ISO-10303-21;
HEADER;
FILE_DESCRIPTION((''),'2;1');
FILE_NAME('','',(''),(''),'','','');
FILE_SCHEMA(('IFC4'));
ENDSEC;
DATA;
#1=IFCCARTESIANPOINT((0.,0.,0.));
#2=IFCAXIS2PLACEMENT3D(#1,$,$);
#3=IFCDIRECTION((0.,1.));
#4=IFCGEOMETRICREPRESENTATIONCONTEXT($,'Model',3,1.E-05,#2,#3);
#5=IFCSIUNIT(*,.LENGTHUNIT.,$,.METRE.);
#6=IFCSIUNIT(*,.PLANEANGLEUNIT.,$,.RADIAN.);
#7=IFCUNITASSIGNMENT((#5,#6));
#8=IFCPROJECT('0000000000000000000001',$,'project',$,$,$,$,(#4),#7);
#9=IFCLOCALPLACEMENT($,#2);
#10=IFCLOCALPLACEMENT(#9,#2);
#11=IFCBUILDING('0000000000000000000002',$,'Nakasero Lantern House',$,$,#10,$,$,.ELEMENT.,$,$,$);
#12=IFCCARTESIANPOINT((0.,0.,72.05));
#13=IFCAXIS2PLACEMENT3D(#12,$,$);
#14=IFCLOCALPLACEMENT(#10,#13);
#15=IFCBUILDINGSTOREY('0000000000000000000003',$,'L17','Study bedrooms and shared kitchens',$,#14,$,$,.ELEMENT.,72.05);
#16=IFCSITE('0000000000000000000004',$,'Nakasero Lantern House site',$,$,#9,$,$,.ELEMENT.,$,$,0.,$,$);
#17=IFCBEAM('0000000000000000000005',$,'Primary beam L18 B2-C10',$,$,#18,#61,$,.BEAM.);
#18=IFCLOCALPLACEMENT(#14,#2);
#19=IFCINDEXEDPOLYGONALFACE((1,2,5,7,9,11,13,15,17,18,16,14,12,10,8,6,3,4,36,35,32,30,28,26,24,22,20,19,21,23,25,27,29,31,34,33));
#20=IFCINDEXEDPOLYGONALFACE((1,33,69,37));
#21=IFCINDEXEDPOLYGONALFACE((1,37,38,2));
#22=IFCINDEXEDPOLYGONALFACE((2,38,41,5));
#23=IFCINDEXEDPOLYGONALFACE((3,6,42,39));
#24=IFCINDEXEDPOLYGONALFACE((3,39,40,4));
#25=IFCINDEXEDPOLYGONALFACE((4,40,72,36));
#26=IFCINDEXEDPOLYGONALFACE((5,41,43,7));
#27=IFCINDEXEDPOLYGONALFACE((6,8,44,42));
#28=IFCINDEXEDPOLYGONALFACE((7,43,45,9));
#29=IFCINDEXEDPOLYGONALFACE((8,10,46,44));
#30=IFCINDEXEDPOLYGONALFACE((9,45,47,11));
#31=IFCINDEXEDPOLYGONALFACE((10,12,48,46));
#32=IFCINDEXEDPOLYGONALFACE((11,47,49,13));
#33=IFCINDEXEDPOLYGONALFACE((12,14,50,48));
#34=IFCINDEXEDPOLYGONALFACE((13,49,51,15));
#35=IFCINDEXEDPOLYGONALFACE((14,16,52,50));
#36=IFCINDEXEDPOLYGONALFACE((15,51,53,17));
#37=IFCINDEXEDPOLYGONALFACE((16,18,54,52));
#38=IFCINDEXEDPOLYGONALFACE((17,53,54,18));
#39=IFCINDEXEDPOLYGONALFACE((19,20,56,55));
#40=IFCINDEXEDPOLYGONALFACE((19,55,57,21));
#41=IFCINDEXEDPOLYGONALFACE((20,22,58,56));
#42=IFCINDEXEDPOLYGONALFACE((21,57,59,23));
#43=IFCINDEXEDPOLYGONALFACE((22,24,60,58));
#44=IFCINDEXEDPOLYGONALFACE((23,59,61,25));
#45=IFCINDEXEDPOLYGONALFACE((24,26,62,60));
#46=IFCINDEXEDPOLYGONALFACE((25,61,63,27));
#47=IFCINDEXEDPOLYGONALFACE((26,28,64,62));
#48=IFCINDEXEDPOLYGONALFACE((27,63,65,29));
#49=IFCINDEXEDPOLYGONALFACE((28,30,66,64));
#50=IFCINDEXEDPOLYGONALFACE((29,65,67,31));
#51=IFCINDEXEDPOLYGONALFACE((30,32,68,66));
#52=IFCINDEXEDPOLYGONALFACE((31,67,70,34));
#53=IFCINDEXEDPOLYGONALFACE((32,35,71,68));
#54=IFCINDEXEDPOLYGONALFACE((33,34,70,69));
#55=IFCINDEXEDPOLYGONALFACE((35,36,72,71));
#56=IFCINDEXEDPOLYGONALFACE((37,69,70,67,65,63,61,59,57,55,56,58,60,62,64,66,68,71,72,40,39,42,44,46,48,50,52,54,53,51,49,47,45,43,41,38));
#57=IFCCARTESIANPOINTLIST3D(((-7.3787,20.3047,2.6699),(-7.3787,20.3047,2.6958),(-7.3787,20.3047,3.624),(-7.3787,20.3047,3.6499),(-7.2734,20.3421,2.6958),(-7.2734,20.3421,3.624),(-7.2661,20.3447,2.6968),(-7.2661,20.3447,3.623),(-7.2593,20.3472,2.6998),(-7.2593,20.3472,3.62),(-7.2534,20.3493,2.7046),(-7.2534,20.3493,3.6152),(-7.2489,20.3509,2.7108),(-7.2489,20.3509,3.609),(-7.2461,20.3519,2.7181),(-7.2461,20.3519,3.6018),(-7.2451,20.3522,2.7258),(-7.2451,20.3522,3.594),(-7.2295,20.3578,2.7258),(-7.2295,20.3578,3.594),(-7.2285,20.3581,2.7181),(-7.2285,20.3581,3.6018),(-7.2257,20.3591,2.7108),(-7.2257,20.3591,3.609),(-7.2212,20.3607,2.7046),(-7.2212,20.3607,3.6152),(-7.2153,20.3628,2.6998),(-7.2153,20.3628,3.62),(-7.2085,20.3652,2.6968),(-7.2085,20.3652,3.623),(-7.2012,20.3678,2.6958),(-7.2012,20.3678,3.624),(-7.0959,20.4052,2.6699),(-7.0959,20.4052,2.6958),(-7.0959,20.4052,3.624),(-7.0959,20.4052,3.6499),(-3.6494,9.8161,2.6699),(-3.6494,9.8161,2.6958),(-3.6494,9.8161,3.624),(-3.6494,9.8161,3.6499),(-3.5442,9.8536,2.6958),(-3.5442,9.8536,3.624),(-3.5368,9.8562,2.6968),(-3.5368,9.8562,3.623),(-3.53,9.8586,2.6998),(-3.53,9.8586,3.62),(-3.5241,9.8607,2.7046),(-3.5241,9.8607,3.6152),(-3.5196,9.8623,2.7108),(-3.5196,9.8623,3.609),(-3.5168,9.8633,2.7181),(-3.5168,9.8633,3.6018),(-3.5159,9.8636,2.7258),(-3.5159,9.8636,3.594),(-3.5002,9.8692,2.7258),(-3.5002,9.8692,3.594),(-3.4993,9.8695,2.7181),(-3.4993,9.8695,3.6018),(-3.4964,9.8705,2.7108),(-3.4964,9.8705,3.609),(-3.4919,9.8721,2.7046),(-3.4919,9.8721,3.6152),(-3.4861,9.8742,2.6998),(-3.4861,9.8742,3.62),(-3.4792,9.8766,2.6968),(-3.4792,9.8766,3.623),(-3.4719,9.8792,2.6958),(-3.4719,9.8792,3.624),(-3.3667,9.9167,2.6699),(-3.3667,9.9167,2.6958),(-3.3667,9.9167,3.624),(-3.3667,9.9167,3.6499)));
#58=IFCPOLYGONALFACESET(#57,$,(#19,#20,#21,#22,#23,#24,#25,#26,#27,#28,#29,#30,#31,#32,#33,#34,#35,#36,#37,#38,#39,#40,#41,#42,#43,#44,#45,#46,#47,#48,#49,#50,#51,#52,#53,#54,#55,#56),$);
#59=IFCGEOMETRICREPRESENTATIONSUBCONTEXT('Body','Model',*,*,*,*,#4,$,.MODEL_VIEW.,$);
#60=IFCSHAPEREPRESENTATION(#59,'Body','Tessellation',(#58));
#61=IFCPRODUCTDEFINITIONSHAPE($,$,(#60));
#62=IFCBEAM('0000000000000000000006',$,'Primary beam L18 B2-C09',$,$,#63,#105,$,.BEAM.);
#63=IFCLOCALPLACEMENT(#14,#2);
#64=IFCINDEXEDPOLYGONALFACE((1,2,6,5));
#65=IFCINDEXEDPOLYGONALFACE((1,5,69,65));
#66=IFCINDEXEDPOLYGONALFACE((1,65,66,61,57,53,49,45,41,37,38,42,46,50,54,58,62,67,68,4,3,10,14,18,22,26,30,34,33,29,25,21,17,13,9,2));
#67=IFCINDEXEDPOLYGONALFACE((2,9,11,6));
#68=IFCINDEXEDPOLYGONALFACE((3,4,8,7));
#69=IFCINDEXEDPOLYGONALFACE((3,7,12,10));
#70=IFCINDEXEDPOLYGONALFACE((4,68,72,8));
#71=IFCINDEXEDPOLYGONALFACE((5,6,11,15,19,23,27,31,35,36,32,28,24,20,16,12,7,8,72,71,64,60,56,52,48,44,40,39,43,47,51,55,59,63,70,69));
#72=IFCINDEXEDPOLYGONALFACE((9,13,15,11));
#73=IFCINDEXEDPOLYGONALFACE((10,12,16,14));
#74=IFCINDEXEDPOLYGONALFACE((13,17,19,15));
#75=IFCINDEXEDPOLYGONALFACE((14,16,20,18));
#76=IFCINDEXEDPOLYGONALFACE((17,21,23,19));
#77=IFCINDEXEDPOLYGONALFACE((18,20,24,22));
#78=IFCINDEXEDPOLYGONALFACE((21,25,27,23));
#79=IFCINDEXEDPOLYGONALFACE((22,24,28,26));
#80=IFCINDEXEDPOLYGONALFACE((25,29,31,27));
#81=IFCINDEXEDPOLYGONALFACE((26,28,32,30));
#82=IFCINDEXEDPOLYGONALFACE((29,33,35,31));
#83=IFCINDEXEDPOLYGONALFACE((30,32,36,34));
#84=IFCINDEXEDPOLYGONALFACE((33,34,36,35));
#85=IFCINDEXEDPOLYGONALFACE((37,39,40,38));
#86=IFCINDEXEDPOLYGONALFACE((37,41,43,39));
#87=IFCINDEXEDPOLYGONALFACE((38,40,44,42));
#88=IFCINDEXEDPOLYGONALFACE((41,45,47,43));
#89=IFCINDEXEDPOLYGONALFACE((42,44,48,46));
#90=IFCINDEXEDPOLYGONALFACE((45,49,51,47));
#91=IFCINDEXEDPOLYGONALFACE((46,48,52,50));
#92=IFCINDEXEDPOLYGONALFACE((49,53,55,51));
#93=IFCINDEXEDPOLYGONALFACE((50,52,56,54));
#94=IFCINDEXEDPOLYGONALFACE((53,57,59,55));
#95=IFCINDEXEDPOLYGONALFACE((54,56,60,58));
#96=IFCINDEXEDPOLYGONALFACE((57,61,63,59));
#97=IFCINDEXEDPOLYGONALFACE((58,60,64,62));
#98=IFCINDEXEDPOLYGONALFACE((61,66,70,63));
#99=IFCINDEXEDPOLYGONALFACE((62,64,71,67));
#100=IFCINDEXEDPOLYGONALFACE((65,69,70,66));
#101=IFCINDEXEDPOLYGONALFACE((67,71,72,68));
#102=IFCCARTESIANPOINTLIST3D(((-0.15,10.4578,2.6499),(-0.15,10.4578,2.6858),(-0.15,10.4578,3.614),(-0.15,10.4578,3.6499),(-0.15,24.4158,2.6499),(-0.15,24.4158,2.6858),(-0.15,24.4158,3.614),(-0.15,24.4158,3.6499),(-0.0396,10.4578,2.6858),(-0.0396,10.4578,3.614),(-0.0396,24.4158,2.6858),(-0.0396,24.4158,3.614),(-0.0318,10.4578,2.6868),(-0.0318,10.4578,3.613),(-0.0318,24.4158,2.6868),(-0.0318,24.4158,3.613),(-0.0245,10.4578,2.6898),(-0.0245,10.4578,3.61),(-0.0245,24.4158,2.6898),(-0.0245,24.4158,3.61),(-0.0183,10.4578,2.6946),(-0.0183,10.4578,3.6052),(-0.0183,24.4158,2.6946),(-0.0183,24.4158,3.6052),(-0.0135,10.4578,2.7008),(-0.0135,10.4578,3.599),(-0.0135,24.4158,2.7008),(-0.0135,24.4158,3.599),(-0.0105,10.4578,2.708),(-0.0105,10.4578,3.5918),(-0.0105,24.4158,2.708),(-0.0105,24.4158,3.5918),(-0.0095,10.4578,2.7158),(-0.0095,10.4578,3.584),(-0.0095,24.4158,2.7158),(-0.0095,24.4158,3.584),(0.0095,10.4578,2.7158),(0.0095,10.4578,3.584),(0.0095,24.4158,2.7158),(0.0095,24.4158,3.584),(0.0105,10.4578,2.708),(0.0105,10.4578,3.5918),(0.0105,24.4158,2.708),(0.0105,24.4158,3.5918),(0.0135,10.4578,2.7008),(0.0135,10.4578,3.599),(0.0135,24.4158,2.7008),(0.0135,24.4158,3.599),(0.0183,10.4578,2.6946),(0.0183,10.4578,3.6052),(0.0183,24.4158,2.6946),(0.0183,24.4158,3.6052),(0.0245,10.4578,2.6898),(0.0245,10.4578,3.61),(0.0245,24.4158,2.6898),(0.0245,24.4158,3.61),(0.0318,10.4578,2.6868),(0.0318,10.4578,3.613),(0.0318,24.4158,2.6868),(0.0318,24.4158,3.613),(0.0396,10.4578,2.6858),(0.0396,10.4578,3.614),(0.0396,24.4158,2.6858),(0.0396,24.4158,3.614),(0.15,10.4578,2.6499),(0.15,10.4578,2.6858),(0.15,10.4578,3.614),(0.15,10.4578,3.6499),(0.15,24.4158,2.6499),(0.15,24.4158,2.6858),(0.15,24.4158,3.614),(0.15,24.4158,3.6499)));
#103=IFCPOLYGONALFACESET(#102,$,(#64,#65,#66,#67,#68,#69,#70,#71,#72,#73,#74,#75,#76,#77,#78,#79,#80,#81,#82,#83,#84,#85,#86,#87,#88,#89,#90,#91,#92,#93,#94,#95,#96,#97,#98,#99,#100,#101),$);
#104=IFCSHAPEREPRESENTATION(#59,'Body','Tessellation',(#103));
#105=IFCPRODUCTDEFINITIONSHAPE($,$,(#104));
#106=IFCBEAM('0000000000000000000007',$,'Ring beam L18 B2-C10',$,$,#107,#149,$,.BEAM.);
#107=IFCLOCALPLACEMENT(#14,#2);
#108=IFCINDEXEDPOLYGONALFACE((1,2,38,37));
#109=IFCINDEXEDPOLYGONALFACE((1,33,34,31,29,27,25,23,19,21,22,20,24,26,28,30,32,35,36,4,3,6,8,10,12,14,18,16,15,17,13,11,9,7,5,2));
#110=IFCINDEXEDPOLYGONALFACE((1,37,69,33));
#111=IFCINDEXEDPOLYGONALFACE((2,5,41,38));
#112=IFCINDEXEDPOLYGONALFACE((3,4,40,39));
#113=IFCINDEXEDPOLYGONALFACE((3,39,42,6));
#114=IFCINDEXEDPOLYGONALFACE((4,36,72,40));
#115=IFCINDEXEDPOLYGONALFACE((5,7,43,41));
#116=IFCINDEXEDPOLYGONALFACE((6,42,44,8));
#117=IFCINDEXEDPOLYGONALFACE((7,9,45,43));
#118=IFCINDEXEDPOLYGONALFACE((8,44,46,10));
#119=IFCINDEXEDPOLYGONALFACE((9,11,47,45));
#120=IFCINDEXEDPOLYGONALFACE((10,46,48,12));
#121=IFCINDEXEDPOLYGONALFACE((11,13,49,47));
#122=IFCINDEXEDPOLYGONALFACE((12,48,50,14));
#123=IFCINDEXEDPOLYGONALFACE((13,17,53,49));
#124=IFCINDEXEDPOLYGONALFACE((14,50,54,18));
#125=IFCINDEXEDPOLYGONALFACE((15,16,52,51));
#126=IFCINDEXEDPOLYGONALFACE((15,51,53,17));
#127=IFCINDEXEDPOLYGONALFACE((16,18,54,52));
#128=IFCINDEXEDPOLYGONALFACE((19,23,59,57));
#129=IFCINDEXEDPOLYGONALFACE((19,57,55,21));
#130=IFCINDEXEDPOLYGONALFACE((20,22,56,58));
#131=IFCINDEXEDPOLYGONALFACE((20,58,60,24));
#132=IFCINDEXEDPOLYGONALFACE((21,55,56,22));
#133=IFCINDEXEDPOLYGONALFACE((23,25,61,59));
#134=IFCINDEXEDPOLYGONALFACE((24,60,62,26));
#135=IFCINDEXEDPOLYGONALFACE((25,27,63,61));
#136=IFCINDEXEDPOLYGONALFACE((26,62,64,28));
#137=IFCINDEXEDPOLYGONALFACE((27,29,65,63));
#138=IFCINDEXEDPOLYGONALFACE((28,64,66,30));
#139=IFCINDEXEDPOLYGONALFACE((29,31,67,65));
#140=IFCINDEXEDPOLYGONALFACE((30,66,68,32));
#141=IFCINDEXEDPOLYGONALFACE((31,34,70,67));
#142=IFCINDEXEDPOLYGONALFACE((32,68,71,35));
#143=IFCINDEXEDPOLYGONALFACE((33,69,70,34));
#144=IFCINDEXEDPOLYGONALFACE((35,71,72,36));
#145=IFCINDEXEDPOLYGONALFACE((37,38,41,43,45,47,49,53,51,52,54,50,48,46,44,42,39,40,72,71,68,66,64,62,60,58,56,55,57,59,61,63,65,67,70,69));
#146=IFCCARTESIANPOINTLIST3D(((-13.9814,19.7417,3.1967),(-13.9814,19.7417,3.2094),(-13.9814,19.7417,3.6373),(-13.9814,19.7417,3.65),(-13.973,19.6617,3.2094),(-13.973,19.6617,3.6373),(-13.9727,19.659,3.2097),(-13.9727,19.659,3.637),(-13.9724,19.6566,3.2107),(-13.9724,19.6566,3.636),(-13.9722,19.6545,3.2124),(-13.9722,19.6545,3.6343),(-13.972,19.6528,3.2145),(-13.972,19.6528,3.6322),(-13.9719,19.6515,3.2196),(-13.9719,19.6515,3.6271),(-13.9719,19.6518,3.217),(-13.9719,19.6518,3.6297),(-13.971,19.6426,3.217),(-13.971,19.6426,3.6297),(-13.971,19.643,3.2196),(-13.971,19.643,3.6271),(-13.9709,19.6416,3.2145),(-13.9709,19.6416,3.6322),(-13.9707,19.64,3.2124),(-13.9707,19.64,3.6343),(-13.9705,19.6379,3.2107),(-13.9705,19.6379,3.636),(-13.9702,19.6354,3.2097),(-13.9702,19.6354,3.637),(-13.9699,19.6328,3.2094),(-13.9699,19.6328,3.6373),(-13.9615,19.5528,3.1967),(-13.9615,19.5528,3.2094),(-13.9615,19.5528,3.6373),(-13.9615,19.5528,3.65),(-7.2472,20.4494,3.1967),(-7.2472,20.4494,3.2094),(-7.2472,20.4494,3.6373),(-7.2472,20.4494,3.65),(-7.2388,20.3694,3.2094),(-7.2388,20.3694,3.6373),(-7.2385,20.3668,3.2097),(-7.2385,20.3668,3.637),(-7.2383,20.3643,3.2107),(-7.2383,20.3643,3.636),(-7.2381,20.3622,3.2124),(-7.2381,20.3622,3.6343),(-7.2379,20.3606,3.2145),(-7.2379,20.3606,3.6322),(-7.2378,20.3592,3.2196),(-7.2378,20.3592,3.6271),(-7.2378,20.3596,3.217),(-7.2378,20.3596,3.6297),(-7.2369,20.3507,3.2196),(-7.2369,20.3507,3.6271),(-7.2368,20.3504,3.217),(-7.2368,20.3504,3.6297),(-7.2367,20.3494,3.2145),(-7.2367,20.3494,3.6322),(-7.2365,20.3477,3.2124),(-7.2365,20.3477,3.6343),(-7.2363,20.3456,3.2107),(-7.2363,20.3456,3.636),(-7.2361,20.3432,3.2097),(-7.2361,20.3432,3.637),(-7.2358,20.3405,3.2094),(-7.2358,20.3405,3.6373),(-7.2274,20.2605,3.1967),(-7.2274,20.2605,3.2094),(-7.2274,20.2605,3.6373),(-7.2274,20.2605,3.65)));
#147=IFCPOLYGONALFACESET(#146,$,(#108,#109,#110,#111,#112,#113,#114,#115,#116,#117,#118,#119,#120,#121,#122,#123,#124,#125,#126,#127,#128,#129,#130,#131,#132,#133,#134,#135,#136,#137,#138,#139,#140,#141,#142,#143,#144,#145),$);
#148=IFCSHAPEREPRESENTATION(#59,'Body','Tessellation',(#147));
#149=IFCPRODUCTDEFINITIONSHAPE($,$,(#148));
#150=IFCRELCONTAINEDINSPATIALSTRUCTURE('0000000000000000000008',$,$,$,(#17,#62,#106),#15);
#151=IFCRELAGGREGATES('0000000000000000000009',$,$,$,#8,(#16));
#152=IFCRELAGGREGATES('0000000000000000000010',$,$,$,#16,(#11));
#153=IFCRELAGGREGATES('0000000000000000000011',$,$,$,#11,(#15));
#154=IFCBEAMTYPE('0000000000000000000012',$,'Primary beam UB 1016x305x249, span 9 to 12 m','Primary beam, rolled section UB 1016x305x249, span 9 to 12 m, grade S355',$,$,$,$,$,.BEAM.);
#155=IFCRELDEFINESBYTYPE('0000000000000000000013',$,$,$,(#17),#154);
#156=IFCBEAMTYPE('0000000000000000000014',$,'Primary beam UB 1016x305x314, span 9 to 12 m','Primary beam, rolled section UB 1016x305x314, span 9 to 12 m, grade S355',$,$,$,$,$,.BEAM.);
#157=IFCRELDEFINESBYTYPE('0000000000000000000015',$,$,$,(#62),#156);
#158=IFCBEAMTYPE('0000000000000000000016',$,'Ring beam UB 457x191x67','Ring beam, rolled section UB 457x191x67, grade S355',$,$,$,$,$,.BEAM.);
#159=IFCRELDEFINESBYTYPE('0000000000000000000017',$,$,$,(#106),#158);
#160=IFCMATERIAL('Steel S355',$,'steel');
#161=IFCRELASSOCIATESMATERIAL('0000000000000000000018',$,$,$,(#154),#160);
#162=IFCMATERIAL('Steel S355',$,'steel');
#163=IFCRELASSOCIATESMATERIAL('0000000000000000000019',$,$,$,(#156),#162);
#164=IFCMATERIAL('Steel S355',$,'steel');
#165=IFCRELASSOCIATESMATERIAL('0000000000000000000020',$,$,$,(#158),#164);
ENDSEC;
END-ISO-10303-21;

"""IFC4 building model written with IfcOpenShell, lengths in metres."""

from ifc_helpers import new_model, si_unit, direction, frame, origin, origin_2d, place, context, subcontext, project, spatial, i_section, extrude, material, material_profile, profile_set, type_object, element, save


model = new_model("IFC4")

# Units and contexts
model_context = context("Model", 3, precision=1e-05, world=origin(), true_north=direction((0.0, 1.0)))
body_context = subcontext(model_context, "Body", "Model", "MODEL_VIEW")
ifc_project = project(units=[si_unit("LENGTHUNIT", "METRE"), si_unit("PLANEANGLEUNIT", "RADIAN")], contexts=[model_context])

# Site, building, storey
site_placement = place(None, origin())
site = spatial("IfcSite", under=ifc_project, at=site_placement, Name="Nakasero Lantern House site", CompositionType="ELEMENT", RefElevation=0.0)
building_placement = place(site_placement, origin())
building = spatial("IfcBuilding", under=site, at=building_placement, Name="Nakasero Lantern House", CompositionType="ELEMENT")
storey_placement = place(building_placement, frame((0.0, 0.0, 72.05)))
storey = spatial("IfcBuildingStorey", under=building, at=storey_placement, Name="L17", Description="Study bedrooms and shared kitchens", CompositionType="ELEMENT", Elevation=72.05)

# Beams
ifc_material_1 = material(Name="Steel S355", Category="steel")
ifc_material_profile_1 = material_profile(ifc_material_1, i_section(OverallWidth=0.3, OverallDepth=0.98, WebThickness=0.0166, FlangeThickness=0.0259, FilletRadius=0.03, at=origin_2d()), Name="UB 1016x305x249")
ifc_profile_set_1 = profile_set([ifc_material_profile_1], Name="Steel S355")
beam_type_1 = type_object("IfcBeamType", Name="Primary beam UB 1016x305x249, span 9 to 12 m", Description="Primary beam, rolled section UB 1016x305x249, span 9 to 12 m, grade S355", PredefinedType="BEAM", material=ifc_profile_set_1)
beam_1_placement = place(storey_placement, frame((-7.2373, 20.355, 3.1599), z_axis=(0.335009, -0.942215, 0.0), x_axis=(0.942215, 0.335009, 0.0)))
element("IfcBeam", 1, at=beam_1_placement, inside=storey, type_object=beam_type_1, Name="Primary beam L18 B2-C10", PredefinedType="BEAM", context=body_context, shape_type="SweptSolid", body=[
    extrude(i_section(OverallWidth=0.3, OverallDepth=0.98, WebThickness=0.0166, FlangeThickness=0.0259, FilletRadius=0.03, at=origin_2d()), origin(), (0.0, 0.0, 1.0), 11.1318),
])
ifc_material_2 = material(Name="Steel S355", Category="steel")
ifc_material_profile_2 = material_profile(ifc_material_2, i_section(OverallWidth=0.3, OverallDepth=1.0, WebThickness=0.019, FlangeThickness=0.0359, FilletRadius=0.03, at=origin_2d()), Name="UB 1016x305x314")
ifc_profile_set_2 = profile_set([ifc_material_profile_2], Name="Steel S355")
beam_type_2 = type_object("IfcBeamType", Name="Primary beam UB 1016x305x314, span 9 to 12 m", Description="Primary beam, rolled section UB 1016x305x314, span 9 to 12 m, grade S355", PredefinedType="BEAM", material=ifc_profile_set_2)
beam_2_placement = place(storey_placement, frame((0.0, 24.4158, 3.1499), z_axis=(0.0, -1.0, 0.0), x_axis=(1.0, 0.0, 0.0)))
element("IfcBeam", 2, at=beam_2_placement, inside=storey, type_object=beam_type_2, Name="Primary beam L18 B2-C09", PredefinedType="BEAM", context=body_context, shape_type="SweptSolid", body=[
    extrude(i_section(OverallWidth=0.3, OverallDepth=1.0, WebThickness=0.019, FlangeThickness=0.0359, FilletRadius=0.03, at=origin_2d()), origin(), (0.0, 0.0, 1.0), 13.958),
])
ifc_material_3 = material(Name="Steel S355", Category="steel")
ifc_material_profile_3 = material_profile(ifc_material_3, i_section(OverallWidth=0.1899, OverallDepth=0.4534, WebThickness=0.0085, FlangeThickness=0.0127, FilletRadius=0.0103, at=origin_2d()), Name="UB 457x191x67")
ifc_profile_set_3 = profile_set([ifc_material_profile_3], Name="Steel S355")
beam_type_3 = type_object("IfcBeamType", Name="Ring beam UB 457x191x67", Description="Ring beam, rolled section UB 457x191x67, grade S355", PredefinedType="BEAM", material=ifc_profile_set_3)
beam_3_placement = place(storey_placement, frame((-7.2373, 20.355, 3.4233), z_axis=(-0.994522, -0.104525, 0.0), x_axis=(0.104525, -0.994522, 0.0)))
element("IfcBeam", 3, at=beam_3_placement, inside=storey, type_object=beam_type_3, Name="Ring beam L18 B2-C10", PredefinedType="BEAM", context=body_context, shape_type="SweptSolid", body=[
    extrude(i_section(OverallWidth=0.1899, OverallDepth=0.4534, WebThickness=0.0085, FlangeThickness=0.0127, FilletRadius=0.0103, at=origin_2d()), origin(), (0.0, 0.0, 1.0), 6.7712),
])

save(model, "model.ifc")
